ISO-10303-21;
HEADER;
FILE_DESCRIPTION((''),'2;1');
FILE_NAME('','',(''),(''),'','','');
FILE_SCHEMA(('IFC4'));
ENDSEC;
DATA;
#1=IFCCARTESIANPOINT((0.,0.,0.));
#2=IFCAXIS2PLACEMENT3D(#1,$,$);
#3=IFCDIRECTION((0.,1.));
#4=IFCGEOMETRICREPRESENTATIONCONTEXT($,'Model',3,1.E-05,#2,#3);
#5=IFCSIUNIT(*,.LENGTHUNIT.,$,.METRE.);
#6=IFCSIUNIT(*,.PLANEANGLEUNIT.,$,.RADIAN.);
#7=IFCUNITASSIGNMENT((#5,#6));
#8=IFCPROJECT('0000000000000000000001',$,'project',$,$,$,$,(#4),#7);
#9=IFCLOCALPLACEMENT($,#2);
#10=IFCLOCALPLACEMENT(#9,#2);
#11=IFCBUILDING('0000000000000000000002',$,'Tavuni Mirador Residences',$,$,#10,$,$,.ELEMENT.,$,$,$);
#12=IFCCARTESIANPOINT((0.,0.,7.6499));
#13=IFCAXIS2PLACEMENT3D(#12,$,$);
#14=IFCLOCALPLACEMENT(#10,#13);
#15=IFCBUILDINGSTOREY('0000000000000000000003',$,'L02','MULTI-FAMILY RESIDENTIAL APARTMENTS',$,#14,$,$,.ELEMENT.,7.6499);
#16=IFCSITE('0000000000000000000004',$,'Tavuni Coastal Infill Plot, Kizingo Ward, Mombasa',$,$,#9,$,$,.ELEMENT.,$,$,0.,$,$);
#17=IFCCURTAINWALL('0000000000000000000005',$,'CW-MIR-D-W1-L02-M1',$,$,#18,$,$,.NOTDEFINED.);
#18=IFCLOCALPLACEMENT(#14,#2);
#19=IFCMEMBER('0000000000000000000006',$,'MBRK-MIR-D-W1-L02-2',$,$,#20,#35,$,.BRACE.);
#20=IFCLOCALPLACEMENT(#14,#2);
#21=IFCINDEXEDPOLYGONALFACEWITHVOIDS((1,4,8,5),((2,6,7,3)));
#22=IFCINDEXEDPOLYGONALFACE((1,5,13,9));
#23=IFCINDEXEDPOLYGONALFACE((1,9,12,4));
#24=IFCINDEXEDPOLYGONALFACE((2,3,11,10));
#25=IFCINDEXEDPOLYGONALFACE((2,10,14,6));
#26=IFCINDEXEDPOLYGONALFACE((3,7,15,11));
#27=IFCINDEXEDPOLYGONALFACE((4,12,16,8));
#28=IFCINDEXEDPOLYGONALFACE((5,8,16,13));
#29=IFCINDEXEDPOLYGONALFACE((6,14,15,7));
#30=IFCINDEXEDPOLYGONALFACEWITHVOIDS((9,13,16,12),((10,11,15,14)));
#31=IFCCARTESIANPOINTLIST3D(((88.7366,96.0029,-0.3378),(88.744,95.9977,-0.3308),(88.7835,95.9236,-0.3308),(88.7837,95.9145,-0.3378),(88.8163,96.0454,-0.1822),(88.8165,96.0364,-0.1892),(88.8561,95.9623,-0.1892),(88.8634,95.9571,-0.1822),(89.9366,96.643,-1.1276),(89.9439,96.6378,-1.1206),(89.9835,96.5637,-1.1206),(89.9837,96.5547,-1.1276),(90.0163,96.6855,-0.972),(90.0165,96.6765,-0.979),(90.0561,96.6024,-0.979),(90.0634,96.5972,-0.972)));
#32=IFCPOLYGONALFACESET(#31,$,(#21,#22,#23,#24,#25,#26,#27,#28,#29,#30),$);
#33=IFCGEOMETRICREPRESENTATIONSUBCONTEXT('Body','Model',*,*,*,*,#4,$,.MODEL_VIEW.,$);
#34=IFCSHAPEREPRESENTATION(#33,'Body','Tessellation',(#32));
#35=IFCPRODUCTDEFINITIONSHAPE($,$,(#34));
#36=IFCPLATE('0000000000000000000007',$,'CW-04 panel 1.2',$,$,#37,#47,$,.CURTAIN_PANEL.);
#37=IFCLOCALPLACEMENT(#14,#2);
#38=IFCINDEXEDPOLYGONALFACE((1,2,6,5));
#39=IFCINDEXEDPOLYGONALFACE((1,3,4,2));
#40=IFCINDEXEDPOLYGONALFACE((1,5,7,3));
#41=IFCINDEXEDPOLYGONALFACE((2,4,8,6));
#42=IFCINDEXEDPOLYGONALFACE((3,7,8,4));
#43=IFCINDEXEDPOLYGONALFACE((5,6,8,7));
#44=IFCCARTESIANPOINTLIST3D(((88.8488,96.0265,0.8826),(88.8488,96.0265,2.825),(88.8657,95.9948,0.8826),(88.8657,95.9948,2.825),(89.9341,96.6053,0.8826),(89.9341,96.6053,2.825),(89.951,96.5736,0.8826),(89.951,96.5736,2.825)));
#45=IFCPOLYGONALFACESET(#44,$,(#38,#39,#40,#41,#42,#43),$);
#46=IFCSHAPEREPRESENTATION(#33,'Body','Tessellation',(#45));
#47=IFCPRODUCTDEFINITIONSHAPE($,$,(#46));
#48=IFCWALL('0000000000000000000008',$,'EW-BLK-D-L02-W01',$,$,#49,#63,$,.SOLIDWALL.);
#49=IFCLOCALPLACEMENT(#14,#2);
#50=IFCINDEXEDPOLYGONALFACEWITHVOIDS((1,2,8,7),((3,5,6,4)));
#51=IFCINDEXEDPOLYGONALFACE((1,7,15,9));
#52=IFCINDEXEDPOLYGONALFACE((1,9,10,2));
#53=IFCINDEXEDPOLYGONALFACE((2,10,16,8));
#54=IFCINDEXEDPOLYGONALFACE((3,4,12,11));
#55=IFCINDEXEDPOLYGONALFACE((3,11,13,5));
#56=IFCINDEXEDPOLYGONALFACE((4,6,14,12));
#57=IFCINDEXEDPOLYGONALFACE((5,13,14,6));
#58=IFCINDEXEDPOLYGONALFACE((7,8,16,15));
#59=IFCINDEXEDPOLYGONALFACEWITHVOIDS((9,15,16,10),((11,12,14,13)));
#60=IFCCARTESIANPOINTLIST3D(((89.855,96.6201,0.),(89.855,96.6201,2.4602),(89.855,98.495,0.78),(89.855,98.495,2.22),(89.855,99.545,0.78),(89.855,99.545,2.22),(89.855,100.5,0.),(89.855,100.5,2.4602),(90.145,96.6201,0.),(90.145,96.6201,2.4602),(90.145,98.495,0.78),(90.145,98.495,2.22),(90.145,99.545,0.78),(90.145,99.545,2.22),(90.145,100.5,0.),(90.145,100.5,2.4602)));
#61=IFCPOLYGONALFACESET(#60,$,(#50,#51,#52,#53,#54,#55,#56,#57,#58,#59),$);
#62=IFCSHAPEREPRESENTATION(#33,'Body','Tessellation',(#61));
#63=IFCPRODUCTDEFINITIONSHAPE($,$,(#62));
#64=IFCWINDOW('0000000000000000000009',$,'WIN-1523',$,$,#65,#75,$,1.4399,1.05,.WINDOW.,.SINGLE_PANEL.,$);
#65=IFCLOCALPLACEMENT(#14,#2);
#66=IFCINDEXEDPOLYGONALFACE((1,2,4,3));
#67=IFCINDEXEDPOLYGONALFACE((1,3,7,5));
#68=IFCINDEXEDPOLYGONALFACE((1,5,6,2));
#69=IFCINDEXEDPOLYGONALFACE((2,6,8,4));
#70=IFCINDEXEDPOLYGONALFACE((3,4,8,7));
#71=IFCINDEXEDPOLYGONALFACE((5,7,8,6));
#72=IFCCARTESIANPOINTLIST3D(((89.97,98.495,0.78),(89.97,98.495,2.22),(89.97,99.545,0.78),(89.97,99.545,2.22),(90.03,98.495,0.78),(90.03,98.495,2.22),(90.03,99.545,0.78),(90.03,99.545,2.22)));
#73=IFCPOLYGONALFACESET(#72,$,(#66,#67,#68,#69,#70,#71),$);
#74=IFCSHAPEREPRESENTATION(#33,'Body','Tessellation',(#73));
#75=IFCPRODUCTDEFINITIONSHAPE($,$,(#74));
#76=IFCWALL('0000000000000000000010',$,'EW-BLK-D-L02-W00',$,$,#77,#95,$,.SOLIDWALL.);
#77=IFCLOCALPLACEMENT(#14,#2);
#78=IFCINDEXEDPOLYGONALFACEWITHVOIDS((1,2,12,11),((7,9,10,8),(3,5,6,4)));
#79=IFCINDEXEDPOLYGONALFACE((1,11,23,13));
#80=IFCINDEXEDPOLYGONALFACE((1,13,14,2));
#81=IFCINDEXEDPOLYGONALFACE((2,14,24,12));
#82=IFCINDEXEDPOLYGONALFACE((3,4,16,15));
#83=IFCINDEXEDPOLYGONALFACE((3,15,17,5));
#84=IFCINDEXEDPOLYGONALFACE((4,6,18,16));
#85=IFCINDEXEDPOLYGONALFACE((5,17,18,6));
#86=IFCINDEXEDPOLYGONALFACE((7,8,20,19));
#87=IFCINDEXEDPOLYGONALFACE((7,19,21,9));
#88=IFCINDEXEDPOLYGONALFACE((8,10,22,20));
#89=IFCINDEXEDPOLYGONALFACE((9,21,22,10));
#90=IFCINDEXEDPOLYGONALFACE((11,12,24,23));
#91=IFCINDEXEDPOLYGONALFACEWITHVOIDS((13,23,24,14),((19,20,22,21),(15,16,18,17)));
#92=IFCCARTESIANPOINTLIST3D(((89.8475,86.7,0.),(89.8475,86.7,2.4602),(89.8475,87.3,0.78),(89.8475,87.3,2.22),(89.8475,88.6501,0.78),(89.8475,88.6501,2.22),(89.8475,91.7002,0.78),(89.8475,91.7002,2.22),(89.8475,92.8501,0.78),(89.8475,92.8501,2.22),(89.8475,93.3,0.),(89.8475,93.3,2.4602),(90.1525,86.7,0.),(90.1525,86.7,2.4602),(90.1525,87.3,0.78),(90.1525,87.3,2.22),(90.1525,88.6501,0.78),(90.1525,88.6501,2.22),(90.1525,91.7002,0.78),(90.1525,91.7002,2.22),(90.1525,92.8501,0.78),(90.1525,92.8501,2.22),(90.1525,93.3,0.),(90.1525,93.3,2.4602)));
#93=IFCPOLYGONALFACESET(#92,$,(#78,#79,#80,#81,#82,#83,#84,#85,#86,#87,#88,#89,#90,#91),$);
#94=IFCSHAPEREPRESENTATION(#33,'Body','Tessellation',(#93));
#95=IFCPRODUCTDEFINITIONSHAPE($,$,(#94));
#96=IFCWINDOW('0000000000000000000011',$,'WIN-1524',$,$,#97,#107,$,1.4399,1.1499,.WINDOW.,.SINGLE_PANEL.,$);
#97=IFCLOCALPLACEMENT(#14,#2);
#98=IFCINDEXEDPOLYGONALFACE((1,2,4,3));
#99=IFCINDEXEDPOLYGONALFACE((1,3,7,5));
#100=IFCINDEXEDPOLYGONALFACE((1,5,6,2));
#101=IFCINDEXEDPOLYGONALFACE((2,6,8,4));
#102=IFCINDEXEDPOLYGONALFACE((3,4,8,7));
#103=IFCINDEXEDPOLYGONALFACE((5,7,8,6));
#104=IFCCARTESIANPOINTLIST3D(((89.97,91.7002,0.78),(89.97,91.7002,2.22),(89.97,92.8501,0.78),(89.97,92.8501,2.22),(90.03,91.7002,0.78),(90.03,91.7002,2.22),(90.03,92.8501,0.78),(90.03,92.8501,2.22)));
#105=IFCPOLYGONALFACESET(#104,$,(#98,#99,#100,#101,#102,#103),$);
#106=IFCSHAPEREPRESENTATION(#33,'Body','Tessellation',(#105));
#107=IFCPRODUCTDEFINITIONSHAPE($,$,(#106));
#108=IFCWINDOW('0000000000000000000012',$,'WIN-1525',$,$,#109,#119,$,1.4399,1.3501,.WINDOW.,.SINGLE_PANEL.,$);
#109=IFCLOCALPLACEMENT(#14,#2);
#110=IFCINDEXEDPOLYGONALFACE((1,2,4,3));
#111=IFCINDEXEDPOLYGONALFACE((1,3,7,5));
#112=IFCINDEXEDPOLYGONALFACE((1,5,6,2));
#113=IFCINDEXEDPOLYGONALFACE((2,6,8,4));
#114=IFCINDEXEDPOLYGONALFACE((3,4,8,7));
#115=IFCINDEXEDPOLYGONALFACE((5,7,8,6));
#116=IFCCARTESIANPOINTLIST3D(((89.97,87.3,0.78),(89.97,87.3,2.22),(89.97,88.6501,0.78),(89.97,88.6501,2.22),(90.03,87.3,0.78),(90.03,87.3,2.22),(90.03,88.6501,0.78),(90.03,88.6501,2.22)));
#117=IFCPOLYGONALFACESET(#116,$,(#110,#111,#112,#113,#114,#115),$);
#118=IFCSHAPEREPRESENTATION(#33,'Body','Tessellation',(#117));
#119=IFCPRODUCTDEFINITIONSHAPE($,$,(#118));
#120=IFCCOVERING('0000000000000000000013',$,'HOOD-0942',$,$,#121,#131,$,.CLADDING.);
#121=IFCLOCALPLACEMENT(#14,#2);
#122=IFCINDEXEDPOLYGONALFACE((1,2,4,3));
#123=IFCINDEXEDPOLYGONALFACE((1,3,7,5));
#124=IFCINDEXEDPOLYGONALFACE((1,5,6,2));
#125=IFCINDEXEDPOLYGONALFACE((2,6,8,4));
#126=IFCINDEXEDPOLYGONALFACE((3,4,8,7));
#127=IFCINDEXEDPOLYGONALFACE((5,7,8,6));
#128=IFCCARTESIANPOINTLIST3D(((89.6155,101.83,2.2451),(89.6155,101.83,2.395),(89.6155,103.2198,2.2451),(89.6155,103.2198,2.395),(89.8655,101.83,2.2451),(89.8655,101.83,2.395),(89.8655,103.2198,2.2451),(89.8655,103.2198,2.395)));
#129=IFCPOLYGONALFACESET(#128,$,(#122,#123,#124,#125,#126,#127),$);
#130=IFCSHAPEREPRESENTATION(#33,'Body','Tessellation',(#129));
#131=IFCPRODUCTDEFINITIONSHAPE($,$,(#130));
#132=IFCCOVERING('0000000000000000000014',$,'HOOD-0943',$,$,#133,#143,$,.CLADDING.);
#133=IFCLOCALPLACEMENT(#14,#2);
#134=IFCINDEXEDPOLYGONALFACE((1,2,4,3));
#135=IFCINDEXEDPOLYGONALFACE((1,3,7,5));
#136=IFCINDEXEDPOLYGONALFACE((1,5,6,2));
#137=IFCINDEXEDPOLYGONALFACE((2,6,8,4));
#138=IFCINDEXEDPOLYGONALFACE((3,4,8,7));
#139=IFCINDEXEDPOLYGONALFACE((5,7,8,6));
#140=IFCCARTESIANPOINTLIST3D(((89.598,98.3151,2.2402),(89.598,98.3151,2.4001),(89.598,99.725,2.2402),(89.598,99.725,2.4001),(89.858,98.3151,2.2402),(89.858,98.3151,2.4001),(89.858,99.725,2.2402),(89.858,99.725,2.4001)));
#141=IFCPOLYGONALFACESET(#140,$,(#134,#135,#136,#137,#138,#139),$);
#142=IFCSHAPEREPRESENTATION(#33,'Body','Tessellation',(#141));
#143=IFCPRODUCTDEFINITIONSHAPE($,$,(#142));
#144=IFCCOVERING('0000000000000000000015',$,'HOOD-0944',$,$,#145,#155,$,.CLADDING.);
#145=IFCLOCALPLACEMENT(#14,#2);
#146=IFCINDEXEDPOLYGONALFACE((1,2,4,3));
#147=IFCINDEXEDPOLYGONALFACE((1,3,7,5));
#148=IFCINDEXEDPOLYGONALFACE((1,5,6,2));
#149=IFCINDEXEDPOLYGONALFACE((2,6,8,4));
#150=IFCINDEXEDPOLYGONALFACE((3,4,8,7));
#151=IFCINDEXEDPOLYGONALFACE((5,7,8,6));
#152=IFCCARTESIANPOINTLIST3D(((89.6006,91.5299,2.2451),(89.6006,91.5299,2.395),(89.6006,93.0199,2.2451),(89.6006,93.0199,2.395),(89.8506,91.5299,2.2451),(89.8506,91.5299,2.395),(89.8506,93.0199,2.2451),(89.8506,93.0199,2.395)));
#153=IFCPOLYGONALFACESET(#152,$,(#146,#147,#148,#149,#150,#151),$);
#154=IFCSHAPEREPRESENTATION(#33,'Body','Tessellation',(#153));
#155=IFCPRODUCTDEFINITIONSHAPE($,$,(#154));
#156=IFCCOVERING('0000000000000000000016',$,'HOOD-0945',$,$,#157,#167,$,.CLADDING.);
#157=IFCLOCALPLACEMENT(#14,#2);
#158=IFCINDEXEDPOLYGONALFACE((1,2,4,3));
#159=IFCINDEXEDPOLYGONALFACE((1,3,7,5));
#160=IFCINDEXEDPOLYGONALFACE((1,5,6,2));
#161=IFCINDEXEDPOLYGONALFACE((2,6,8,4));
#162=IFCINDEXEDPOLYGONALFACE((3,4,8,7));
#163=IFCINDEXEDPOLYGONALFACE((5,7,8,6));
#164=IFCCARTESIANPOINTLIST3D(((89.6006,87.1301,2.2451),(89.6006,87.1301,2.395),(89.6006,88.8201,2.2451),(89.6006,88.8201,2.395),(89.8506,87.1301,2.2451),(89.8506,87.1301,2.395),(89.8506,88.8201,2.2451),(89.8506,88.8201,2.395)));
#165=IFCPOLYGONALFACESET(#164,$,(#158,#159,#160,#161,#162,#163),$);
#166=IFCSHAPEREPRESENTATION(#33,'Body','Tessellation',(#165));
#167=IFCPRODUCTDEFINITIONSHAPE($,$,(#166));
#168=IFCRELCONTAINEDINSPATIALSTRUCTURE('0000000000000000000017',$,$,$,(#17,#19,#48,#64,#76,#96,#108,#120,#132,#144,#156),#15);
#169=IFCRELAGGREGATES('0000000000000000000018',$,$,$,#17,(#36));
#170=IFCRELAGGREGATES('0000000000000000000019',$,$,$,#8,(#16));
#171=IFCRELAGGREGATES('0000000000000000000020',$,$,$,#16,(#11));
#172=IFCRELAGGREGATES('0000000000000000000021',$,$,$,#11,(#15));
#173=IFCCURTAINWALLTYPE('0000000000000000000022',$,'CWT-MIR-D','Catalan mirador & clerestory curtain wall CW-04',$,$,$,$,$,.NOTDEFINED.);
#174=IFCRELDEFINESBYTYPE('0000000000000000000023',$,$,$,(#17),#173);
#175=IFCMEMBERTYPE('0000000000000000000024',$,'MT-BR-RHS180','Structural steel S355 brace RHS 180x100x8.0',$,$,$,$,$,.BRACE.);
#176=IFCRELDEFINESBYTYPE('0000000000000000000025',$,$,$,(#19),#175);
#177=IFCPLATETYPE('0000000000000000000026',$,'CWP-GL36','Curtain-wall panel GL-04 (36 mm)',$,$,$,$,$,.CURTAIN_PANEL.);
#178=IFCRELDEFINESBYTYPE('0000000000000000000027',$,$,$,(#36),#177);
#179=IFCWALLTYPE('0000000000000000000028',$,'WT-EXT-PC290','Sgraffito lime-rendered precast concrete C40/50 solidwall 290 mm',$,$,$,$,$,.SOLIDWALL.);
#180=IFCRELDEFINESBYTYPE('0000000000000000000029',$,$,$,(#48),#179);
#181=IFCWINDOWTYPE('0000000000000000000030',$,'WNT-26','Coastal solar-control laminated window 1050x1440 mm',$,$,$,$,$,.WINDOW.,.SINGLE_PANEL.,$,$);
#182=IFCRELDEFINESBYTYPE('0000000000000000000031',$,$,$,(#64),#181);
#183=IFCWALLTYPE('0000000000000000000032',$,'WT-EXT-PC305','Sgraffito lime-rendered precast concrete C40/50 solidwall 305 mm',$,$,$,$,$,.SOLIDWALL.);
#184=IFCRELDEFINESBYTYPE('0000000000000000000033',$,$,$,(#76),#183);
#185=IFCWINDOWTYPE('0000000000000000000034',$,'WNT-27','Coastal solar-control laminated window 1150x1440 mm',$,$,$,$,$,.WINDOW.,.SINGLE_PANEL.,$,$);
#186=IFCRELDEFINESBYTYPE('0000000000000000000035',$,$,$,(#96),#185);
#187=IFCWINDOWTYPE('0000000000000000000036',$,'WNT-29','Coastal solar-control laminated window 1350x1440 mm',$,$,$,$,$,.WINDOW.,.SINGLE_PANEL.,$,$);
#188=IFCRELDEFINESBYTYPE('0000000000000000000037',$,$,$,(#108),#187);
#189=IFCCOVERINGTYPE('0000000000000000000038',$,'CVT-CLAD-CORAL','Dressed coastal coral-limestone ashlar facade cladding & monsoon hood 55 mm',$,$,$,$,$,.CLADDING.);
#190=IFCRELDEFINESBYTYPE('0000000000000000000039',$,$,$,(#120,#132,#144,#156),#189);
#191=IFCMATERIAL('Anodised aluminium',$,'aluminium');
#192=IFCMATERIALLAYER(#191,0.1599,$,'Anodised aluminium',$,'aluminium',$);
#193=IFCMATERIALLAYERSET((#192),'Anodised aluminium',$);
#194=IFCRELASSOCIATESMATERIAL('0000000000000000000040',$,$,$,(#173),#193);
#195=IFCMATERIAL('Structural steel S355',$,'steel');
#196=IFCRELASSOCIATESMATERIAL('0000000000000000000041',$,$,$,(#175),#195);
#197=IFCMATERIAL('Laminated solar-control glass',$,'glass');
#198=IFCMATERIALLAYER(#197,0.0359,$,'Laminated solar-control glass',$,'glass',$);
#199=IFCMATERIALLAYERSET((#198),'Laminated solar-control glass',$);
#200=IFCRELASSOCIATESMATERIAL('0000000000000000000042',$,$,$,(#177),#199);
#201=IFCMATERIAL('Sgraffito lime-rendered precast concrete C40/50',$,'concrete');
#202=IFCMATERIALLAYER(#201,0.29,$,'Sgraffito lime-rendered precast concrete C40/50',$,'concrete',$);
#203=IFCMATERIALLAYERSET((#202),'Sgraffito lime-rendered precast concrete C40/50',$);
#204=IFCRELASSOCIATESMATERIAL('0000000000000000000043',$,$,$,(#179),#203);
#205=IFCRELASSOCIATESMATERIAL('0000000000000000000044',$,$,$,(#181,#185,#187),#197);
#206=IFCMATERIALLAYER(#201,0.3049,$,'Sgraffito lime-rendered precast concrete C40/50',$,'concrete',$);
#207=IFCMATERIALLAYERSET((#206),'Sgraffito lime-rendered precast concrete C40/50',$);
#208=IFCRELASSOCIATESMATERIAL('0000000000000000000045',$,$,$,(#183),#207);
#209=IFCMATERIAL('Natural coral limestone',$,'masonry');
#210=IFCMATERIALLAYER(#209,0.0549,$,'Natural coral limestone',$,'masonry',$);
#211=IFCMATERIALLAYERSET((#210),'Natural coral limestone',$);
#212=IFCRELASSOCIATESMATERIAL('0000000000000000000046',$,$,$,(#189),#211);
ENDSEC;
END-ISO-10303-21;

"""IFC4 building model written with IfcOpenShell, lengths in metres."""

from ifc_helpers import new_model, si_unit, direction, frame, frame_2d, origin, origin_2d, place, context, subcontext, project, spatial, rectangle, hollow_rectangle, extrude, material, layer, layer_set, material_profile, profile_set, type_object, element, fill, aggregate, save


model = new_model("IFC4")

# Units and contexts
model_context = context("Model", 3, precision=1e-05, world=origin(), true_north=direction((0.0, 1.0)))
body_context = subcontext(model_context, "Body", "Model", "MODEL_VIEW")
ifc_project = project(units=[si_unit("LENGTHUNIT", "METRE"), si_unit("PLANEANGLEUNIT", "RADIAN")], contexts=[model_context])

# Site, building, storey
site_placement = place(None, origin())
site = spatial("IfcSite", under=ifc_project, at=site_placement, Name="Tavuni Coastal Infill Plot, Kizingo Ward, Mombasa", CompositionType="ELEMENT", RefElevation=0.0)
building_placement = place(site_placement, origin())
building = spatial("IfcBuilding", under=site, at=building_placement, Name="Tavuni Mirador Residences", CompositionType="ELEMENT")
storey_placement = place(building_placement, frame((0.0, 0.0, 7.6499)))
storey = spatial("IfcBuildingStorey", under=building, at=storey_placement, Name="L02", Description="MULTI-FAMILY RESIDENTIAL APARTMENTS", CompositionType="ELEMENT", Elevation=7.6499)

# Curtain wall
ifc_material_1 = material(Name="Anodised aluminium", Category="aluminium")
ifc_layer_1 = layer(ifc_material_1, 0.1599, Name="Anodised aluminium", Category="aluminium")
ifc_layer_set_1 = layer_set([ifc_layer_1], Name="Anodised aluminium")
curtain_wall_type_1 = type_object("IfcCurtainWallType", Name="CWT-MIR-D", Description="Catalan mirador & clerestory curtain wall CW-04", PredefinedType="NOTDEFINED", material=ifc_layer_set_1)
curtain_wall_1_placement = place(storey_placement, origin())
curtain_wall_1 = element("IfcCurtainWall", 1, at=curtain_wall_1_placement, inside=storey, type_object=curtain_wall_type_1, Name="CW-MIR-D-W1-L02-M1", PredefinedType="NOTDEFINED")

# Member
ifc_material_2 = material(Name="Structural steel S355", Category="steel")
ifc_material_profile_1 = material_profile(ifc_material_2, hollow_rectangle(XDim=0.1001, YDim=0.1799, WallThickness=0.0081, at=origin_2d()), Name="RHS 180x100x8.0", Category="steel")
ifc_profile_set_1 = profile_set([ifc_material_profile_1], Name="Structural steel S355")
member_type_1 = type_object("IfcMemberType", Name="MT-BR-RHS180", Description="Structural steel S355 brace RHS 180x100x8.0", PredefinedType="BRACE", material=ifc_profile_set_1)
member_1_placement = place(storey_placement, frame((90.0, 96.6201, -1.0498), z_axis=(-0.76298, -0.407026, 0.502186), x_axis=(0.470681, -0.882303, 0.0)))
element("IfcMember", 2, at=member_1_placement, inside=storey, type_object=member_type_1, Name="MBRK-MIR-D-W1-L02-2", PredefinedType="BRACE", context=body_context, shape_type="SweptSolid", body=[
    extrude(hollow_rectangle(XDim=0.1001, YDim=0.1799, WallThickness=0.0081, at=origin_2d()), origin(), (0.0, 0.0, 1.0), 1.5728),
])

# Plate
ifc_material_3 = material(Name="Laminated solar-control glass", Category="glass")
ifc_layer_2 = layer(ifc_material_3, 0.0359, Name="Laminated solar-control glass", Category="glass")
ifc_layer_set_2 = layer_set([ifc_layer_2], Name="Laminated solar-control glass")
plate_type = type_object("IfcPlateType", Name="CWP-GL36", Description="Curtain-wall panel GL-04 (36 mm)", PredefinedType="CURTAIN_PANEL", material=ifc_layer_set_2)
plate_placement = place(storey_placement, frame((89.3999, 96.3, 0.8826), z_axis=(0.0, 0.0, 1.0), x_axis=(-0.882353, -0.470588, 0.0)))
plate = element("IfcPlate", 3, at=plate_placement, type_object=plate_type, Name="CW-04 panel 1.2", PredefinedType="CURTAIN_PANEL", context=body_context, shape_type="SweptSolid", body=[
    extrude(rectangle(XDim=1.23, YDim=0.0359, at=origin_2d()), origin(), (0.0, 0.0, 1.0), 1.9424),
])
aggregate(curtain_wall_1, [plate])

# Wall, opening, window
ifc_material_4 = material(Name="Sgraffito lime-rendered precast concrete C40/50", Category="concrete")
ifc_layer_3 = layer(ifc_material_4, 0.29, Name="Sgraffito lime-rendered precast concrete C40/50", Category="concrete")
ifc_layer_set_3 = layer_set([ifc_layer_3], Name="Sgraffito lime-rendered precast concrete C40/50")
wall_type_1 = type_object("IfcWallType", Name="WT-EXT-PC290", Description="Sgraffito lime-rendered precast concrete C40/50 solidwall 290 mm", PredefinedType="SOLIDWALL", material=ifc_layer_set_3)
wall_1_placement = place(storey_placement, frame((90.0, 100.5, 0.0), z_axis=(0.0, 0.0, 1.0), x_axis=(0.0, -1.0, 0.0)))
wall_1 = element("IfcWall", 4, at=wall_1_placement, inside=storey, type_object=wall_type_1, Name="EW-BLK-D-L02-W01", PredefinedType="SOLIDWALL", context=body_context, shape_type="SweptSolid", body=[
    extrude(rectangle(XDim=3.8799, YDim=0.29, at=frame_2d((1.9399, 0.0))), origin(), (0.0, 0.0, 1.0), 2.4602),
])
opening_1_placement = place(wall_1_placement, frame((0.9551, 0.0, 0.78)))
opening_1 = element("IfcOpeningElement", 5, at=opening_1_placement, cuts=wall_1, PredefinedType="OPENING", context=body_context, shape_type="SweptSolid", body=[
    extrude(rectangle(XDim=1.05, YDim=1.4399, at=frame_2d((0.5249, 0.72))), frame((0.0, 0.155, 0.0), z_axis=(0.0, -1.0, 0.0), x_axis=(1.0, 0.0, 0.0)), (0.0, 0.0, 1.0), 0.3101),
])
window_type_1 = type_object("IfcWindowType", Name="WNT-26", Description="Coastal solar-control laminated window 1050x1440 mm", PartitioningType="SINGLE_PANEL", PredefinedType="WINDOW", material=ifc_material_3)
window_1_placement = place(opening_1_placement, origin())
window_1 = element("IfcWindow", 6, at=window_1_placement, inside=storey, type_object=window_type_1, Name="WIN-1523", OverallHeight=1.4399, OverallWidth=1.05, PartitioningType="SINGLE_PANEL", PredefinedType="WINDOW", context=body_context, shape_type="SweptSolid", body=[
    extrude(rectangle(XDim=1.05, YDim=1.4399, at=frame_2d((0.5249, 0.72))), frame((0.0, 0.03, 0.0), z_axis=(0.0, -1.0, 0.0), x_axis=(1.0, 0.0, 0.0)), (0.0, 0.0, 1.0), 0.0601),
])
fill(opening_1, window_1)

# Wall, openings, windows
ifc_layer_4 = layer(ifc_material_4, 0.3049, Name="Sgraffito lime-rendered precast concrete C40/50", Category="concrete")
ifc_layer_set_4 = layer_set([ifc_layer_4], Name="Sgraffito lime-rendered precast concrete C40/50")
wall_type_2 = type_object("IfcWallType", Name="WT-EXT-PC305", Description="Sgraffito lime-rendered precast concrete C40/50 solidwall 305 mm", PredefinedType="SOLIDWALL", material=ifc_layer_set_4)
wall_2_placement = place(storey_placement, frame((90.0, 93.3, 0.0), z_axis=(0.0, 0.0, 1.0), x_axis=(0.0, -1.0, 0.0)))
wall_2 = element("IfcWall", 7, at=wall_2_placement, inside=storey, type_object=wall_type_2, Name="EW-BLK-D-L02-W00", PredefinedType="SOLIDWALL", context=body_context, shape_type="SweptSolid", body=[
    extrude(rectangle(XDim=6.6001, YDim=0.3049, at=frame_2d((3.3, 0.0))), origin(), (0.0, 0.0, 1.0), 2.4602),
])
opening_2_placement = place(wall_2_placement, frame((0.45, 0.0, 0.78)))
opening_2 = element("IfcOpeningElement", 8, at=opening_2_placement, cuts=wall_2, PredefinedType="OPENING", context=body_context, shape_type="SweptSolid", body=[
    extrude(rectangle(XDim=1.1499, YDim=1.4399, at=frame_2d((0.575, 0.72))), frame((0.0, 0.1626, 0.0), z_axis=(0.0, -1.0, 0.0), x_axis=(1.0, 0.0, 0.0)), (0.0, 0.0, 1.0), 0.325),
])
opening_3_placement = place(wall_2_placement, frame((4.6499, 0.0, 0.78)))
opening_3 = element("IfcOpeningElement", 9, at=opening_3_placement, cuts=wall_2, PredefinedType="OPENING", context=body_context, shape_type="SweptSolid", body=[
    extrude(rectangle(XDim=1.3501, YDim=1.4399, at=frame_2d((0.675, 0.72))), frame((0.0, 0.1626, 0.0), z_axis=(0.0, -1.0, 0.0), x_axis=(1.0, 0.0, 0.0)), (0.0, 0.0, 1.0), 0.325),
])
window_type_2 = type_object("IfcWindowType", Name="WNT-27", Description="Coastal solar-control laminated window 1150x1440 mm", PartitioningType="SINGLE_PANEL", PredefinedType="WINDOW", material=ifc_material_3)
window_2_placement = place(opening_2_placement, origin())
window_2 = element("IfcWindow", 10, at=window_2_placement, inside=storey, type_object=window_type_2, Name="WIN-1524", OverallHeight=1.4399, OverallWidth=1.1499, PartitioningType="SINGLE_PANEL", PredefinedType="WINDOW", context=body_context, shape_type="SweptSolid", body=[
    extrude(rectangle(XDim=1.1499, YDim=1.4399, at=frame_2d((0.575, 0.72))), frame((0.0, 0.03, 0.0), z_axis=(0.0, -1.0, 0.0), x_axis=(1.0, 0.0, 0.0)), (0.0, 0.0, 1.0), 0.0601),
])
fill(opening_2, window_2)
window_type_3 = type_object("IfcWindowType", Name="WNT-29", Description="Coastal solar-control laminated window 1350x1440 mm", PartitioningType="SINGLE_PANEL", PredefinedType="WINDOW", material=ifc_material_3)
window_3_placement = place(opening_3_placement, origin())
window_3 = element("IfcWindow", 11, at=window_3_placement, inside=storey, type_object=window_type_3, Name="WIN-1525", OverallHeight=1.4399, OverallWidth=1.3501, PartitioningType="SINGLE_PANEL", PredefinedType="WINDOW", context=body_context, shape_type="SweptSolid", body=[
    extrude(rectangle(XDim=1.3501, YDim=1.4399, at=frame_2d((0.675, 0.72))), frame((0.0, 0.03, 0.0), z_axis=(0.0, -1.0, 0.0), x_axis=(1.0, 0.0, 0.0)), (0.0, 0.0, 1.0), 0.0601),
])
fill(opening_3, window_3)

# Coverings
ifc_material_5 = material(Name="Natural coral limestone", Category="masonry")
ifc_layer_5 = layer(ifc_material_5, 0.0549, Name="Natural coral limestone", Category="masonry")
ifc_layer_set_5 = layer_set([ifc_layer_5], Name="Natural coral limestone")
covering_type = type_object("IfcCoveringType", Name="CVT-CLAD-CORAL", Description="Dressed coastal coral-limestone ashlar facade cladding & monsoon hood 55 mm", PredefinedType="CLADDING", material=ifc_layer_set_5)
covering_1_placement = place(storey_placement, frame((89.7405, 102.5249, 2.2451), z_axis=(0.0, 0.0, 1.0), x_axis=(0.0, -1.0, 0.0)))
element("IfcCovering", 12, at=covering_1_placement, inside=storey, type_object=covering_type, Name="HOOD-0942", PredefinedType="CLADDING", context=body_context, shape_type="SweptSolid", body=[
    extrude(rectangle(XDim=1.3899, YDim=0.25, at=origin_2d()), origin(), (0.0, 0.0, 1.0), 0.1499),
])
covering_2_placement = place(storey_placement, frame((89.728, 99.02, 2.2402), z_axis=(0.0, 0.0, 1.0), x_axis=(0.0, -1.0, 0.0)))
element("IfcCovering", 13, at=covering_2_placement, inside=storey, type_object=covering_type, Name="HOOD-0943", PredefinedType="CLADDING", context=body_context, shape_type="SweptSolid", body=[
    extrude(rectangle(XDim=1.4099, YDim=0.26, at=origin_2d()), origin(), (0.0, 0.0, 1.0), 0.1599),
])
covering_3_placement = place(storey_placement, frame((89.7256, 92.2749, 2.2451), z_axis=(0.0, 0.0, 1.0), x_axis=(0.0, -1.0, 0.0)))
element("IfcCovering", 14, at=covering_3_placement, inside=storey, type_object=covering_type, Name="HOOD-0944", PredefinedType="CLADDING", context=body_context, shape_type="SweptSolid", body=[
    extrude(rectangle(XDim=1.49, YDim=0.25, at=origin_2d()), origin(), (0.0, 0.0, 1.0), 0.1499),
])
covering_4_placement = place(storey_placement, frame((89.7256, 87.9751, 2.2451), z_axis=(0.0, 0.0, 1.0), x_axis=(0.0, -1.0, 0.0)))
element("IfcCovering", 15, at=covering_4_placement, inside=storey, type_object=covering_type, Name="HOOD-0945", PredefinedType="CLADDING", context=body_context, shape_type="SweptSolid", body=[
    extrude(rectangle(XDim=1.6899, YDim=0.25, at=origin_2d()), origin(), (0.0, 0.0, 1.0), 0.1499),
])

save(model, "model.ifc")
